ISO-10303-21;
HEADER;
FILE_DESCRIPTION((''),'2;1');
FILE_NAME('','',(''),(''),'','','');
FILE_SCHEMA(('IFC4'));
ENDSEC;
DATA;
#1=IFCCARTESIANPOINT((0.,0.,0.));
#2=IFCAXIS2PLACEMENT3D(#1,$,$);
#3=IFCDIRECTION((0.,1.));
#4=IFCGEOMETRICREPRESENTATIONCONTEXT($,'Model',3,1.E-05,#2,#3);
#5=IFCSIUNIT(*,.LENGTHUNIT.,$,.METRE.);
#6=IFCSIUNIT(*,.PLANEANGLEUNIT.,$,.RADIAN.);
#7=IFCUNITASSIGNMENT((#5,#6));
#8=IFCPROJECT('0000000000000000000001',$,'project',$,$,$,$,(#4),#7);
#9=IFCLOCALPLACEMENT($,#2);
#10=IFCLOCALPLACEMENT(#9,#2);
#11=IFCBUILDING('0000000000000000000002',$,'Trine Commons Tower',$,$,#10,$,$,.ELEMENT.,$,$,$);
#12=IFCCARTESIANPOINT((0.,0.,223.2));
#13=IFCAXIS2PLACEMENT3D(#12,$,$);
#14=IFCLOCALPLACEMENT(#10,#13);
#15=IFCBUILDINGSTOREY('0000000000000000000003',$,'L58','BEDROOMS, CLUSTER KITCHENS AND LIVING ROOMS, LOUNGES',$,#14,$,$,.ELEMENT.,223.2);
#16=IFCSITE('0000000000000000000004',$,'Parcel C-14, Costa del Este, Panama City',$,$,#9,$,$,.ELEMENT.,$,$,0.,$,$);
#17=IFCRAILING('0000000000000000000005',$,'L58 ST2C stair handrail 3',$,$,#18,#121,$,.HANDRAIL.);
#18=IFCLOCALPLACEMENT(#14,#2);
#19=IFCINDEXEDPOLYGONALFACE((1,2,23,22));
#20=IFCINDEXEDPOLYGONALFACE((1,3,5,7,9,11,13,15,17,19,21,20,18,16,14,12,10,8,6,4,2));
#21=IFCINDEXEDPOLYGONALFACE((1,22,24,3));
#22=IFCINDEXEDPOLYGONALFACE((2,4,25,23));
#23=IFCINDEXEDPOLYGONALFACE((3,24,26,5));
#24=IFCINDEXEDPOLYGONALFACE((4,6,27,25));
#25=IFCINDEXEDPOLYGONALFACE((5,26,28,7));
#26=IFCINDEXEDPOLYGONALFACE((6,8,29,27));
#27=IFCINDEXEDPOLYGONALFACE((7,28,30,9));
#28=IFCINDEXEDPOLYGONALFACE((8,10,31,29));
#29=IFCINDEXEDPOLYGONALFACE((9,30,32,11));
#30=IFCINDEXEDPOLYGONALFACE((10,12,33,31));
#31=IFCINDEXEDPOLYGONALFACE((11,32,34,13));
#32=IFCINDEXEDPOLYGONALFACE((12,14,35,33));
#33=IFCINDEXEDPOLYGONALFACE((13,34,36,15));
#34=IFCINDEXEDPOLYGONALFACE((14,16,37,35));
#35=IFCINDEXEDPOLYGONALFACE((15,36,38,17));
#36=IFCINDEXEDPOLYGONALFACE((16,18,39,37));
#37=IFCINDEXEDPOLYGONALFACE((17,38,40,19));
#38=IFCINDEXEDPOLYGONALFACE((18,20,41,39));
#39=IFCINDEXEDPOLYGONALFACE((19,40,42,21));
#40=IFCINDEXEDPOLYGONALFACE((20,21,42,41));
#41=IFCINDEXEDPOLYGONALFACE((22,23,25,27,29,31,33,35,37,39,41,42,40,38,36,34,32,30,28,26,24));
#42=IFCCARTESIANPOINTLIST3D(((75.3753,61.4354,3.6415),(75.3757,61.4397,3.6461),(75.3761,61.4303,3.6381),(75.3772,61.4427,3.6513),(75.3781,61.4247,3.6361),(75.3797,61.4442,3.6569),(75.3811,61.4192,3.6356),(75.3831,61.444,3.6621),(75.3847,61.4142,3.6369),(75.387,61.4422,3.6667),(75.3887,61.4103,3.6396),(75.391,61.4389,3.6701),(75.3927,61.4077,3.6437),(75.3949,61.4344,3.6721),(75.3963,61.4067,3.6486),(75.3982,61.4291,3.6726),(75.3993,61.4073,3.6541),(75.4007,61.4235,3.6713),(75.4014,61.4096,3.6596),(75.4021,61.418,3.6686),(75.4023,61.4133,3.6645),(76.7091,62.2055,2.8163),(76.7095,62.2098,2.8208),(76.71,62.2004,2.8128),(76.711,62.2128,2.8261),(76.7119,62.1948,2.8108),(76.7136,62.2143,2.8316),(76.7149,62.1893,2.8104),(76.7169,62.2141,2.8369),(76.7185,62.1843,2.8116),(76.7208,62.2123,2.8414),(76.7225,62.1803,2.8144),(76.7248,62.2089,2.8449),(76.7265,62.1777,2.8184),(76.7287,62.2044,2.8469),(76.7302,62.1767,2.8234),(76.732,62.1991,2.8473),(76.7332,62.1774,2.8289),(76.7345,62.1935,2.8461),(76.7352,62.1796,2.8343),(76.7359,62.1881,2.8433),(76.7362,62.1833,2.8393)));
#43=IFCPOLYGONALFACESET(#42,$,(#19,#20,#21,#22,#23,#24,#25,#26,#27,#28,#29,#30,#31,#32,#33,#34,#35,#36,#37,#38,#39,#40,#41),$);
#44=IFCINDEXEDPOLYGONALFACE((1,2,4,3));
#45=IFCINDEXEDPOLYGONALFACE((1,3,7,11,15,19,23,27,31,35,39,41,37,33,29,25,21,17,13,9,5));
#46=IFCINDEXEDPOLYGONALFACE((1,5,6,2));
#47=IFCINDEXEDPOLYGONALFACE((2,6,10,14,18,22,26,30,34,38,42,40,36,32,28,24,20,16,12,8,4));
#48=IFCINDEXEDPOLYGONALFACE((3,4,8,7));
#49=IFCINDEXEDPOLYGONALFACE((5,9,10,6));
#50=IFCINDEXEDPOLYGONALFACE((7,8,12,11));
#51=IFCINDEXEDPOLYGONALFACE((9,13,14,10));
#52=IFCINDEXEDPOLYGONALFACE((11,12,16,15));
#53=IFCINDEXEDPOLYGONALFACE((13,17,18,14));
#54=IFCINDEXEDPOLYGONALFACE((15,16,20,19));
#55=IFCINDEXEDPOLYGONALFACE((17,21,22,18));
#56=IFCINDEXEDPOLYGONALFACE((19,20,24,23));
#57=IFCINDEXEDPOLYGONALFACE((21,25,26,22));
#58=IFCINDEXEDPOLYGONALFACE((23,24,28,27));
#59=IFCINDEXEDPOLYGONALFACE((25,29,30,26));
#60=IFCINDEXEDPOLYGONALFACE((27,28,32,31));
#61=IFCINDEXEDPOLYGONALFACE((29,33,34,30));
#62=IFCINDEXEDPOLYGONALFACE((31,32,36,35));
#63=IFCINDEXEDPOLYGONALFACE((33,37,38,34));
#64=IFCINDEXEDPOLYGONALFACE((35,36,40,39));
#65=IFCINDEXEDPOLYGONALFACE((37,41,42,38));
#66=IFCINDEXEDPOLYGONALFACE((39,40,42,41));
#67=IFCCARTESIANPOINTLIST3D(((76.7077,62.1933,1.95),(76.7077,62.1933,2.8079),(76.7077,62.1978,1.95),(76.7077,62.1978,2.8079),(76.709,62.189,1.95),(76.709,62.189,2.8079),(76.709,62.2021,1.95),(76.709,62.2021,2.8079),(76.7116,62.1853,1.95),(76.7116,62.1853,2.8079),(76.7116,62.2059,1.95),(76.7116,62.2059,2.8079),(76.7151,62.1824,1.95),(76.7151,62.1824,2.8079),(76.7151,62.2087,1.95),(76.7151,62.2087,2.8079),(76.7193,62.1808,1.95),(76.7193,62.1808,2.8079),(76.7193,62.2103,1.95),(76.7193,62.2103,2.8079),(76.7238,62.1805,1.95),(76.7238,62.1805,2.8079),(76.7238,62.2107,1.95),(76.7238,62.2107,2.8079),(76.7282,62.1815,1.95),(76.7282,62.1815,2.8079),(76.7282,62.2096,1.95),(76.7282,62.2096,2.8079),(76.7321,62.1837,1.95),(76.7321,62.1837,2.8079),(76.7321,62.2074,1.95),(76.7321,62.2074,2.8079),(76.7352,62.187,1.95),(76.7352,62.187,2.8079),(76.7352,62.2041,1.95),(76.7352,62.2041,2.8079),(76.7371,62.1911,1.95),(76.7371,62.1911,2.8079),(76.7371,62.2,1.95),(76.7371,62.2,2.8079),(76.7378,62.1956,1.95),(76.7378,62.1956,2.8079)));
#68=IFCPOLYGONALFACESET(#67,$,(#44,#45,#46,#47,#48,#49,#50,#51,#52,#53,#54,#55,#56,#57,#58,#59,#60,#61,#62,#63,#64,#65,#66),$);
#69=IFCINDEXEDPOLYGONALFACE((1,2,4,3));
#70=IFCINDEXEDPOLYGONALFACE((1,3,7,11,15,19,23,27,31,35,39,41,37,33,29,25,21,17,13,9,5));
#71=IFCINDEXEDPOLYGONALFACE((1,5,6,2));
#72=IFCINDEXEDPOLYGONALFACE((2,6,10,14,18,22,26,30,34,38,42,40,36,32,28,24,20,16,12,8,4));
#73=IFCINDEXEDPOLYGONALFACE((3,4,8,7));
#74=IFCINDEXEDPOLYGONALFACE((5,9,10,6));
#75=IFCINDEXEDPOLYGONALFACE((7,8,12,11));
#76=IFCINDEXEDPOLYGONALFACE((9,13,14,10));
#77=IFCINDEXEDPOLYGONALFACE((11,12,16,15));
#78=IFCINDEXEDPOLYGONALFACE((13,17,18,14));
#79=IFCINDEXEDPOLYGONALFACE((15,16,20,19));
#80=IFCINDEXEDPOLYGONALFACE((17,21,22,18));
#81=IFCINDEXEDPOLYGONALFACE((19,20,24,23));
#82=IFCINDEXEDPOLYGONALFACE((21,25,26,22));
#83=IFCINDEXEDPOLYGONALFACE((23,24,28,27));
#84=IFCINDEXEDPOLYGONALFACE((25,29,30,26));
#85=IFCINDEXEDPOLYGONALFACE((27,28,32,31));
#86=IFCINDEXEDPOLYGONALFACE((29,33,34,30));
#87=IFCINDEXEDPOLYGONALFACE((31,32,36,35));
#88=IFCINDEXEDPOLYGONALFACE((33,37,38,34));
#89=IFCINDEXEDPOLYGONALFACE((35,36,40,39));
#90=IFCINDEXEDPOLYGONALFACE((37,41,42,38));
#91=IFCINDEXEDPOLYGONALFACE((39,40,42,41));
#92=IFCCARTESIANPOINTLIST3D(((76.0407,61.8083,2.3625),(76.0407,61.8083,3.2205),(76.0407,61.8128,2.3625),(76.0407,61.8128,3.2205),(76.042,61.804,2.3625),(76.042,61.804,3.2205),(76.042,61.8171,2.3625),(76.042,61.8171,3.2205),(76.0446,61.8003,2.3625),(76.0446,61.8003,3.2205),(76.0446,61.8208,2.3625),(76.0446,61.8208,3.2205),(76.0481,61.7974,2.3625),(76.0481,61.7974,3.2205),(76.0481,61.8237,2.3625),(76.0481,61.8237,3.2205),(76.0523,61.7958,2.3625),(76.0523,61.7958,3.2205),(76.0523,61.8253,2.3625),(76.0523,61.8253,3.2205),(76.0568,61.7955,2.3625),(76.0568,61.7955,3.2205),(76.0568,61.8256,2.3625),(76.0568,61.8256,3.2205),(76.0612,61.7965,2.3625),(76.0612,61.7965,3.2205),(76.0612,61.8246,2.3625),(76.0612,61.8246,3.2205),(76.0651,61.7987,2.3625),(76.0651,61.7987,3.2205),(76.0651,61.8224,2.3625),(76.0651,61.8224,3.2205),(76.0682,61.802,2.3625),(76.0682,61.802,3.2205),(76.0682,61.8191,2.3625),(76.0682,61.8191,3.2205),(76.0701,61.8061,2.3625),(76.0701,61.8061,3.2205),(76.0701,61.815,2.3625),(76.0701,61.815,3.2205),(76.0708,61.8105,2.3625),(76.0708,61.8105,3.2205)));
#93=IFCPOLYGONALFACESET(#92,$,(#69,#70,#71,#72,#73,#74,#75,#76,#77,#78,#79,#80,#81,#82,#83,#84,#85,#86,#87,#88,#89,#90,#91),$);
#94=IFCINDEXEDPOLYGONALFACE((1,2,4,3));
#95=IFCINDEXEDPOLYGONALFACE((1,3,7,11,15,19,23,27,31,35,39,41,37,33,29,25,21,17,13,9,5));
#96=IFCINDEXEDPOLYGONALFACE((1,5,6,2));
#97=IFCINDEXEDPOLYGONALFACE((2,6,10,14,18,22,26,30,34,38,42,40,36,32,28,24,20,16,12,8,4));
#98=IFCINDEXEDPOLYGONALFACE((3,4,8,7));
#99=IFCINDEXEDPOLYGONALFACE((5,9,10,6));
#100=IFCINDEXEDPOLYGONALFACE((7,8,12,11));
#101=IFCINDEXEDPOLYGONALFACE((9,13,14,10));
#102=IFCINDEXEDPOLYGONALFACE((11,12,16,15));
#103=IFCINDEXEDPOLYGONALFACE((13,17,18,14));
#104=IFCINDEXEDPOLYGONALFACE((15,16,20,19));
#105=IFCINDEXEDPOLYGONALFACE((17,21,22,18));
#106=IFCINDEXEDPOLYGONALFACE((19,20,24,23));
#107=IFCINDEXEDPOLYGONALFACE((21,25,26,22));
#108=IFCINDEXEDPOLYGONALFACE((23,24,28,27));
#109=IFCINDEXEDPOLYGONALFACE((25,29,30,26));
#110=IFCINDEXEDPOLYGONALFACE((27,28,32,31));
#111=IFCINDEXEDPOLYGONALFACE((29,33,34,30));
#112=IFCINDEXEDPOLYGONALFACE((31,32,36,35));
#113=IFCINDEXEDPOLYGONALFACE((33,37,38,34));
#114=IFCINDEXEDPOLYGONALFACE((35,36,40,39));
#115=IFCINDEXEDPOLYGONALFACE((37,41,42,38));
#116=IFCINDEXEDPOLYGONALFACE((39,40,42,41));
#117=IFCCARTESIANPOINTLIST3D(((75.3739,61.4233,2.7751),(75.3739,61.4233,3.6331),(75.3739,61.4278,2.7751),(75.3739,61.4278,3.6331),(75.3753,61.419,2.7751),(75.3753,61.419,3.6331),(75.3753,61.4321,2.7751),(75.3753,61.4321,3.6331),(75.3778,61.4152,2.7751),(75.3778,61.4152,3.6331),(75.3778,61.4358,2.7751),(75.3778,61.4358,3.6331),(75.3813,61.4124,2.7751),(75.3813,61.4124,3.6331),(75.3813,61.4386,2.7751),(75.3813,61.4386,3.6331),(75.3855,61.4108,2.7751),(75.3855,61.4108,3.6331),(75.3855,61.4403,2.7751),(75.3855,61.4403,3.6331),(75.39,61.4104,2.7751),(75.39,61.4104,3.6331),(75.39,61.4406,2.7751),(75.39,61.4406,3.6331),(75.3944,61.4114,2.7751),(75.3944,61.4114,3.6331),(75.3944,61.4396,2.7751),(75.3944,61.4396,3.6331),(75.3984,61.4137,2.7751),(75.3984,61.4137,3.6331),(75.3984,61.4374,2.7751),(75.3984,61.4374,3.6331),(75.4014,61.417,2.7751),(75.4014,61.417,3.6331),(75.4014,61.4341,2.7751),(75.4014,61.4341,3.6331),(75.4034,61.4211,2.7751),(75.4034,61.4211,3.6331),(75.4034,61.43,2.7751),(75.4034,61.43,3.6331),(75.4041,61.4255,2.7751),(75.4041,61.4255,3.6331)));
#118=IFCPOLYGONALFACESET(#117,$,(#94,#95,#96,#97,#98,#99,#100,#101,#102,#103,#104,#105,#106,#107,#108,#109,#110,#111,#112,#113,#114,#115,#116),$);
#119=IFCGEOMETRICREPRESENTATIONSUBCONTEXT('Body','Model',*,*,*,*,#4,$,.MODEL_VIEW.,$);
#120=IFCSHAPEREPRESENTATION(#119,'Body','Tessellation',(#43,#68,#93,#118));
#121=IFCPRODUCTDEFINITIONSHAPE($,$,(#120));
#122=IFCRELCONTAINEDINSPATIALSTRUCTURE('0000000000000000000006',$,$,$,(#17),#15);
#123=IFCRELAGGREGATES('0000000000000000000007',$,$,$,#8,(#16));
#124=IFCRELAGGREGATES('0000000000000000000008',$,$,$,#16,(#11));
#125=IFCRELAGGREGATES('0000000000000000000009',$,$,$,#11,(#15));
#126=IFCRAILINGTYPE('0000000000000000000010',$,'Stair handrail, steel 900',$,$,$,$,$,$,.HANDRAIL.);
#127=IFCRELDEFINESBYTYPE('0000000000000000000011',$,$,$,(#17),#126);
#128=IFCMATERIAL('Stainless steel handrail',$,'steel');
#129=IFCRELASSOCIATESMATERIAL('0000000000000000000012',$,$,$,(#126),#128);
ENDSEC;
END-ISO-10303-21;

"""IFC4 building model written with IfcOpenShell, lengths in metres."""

from ifc_helpers import new_model, si_unit, direction, frame, origin, origin_2d, place, context, subcontext, project, spatial, circle, extrude, material, type_object, element, save


model = new_model("IFC4")

# Units and contexts
model_context = context("Model", 3, precision=1e-05, world=origin(), true_north=direction((0.0, 1.0)))
body_context = subcontext(model_context, "Body", "Model", "MODEL_VIEW")
ifc_project = project(units=[si_unit("LENGTHUNIT", "METRE"), si_unit("PLANEANGLEUNIT", "RADIAN")], contexts=[model_context])

# Site, building, storey
site_placement = place(None, origin())
site = spatial("IfcSite", under=ifc_project, at=site_placement, Name="Parcel C-14, Costa del Este, Panama City", CompositionType="ELEMENT", RefElevation=0.0)
building_placement = place(site_placement, origin())
building = spatial("IfcBuilding", under=site, at=building_placement, Name="Trine Commons Tower", CompositionType="ELEMENT")
storey_placement = place(building_placement, frame((0.0, 0.0, 223.2)))
storey = spatial("IfcBuildingStorey", under=building, at=storey_placement, Name="L58", Description="BEDROOMS, CLUSTER KITCHENS AND LIVING ROOMS, LOUNGES", CompositionType="ELEMENT", Elevation=223.2)

# Railing
ifc_material_1 = material(Name="Stainless steel handrail", Category="steel")
railing_type_1 = type_object("IfcRailingType", Name="Stair handrail, steel 900", PredefinedType="HANDRAIL", material=ifc_material_1)
railing_1_placement = place(storey_placement, frame((76.7227, 62.1956, 1.95)))
element("IfcRailing", 1, at=railing_1_placement, inside=storey, type_object=railing_type_1, Name="L58 ST2C stair handrail 3", PredefinedType="HANDRAIL", context=body_context, shape_type="SweptSolid", body=[
    extrude(circle(Radius=0.021, at=origin_2d()), frame((0.0, 0.0, 0.8789), z_axis=(-0.763355, -0.440714, 0.472293), x_axis=(0.499992, -0.86603, 0.0)), (0.0, 0.0, 1.0), 1.7473),
    extrude(circle(Radius=0.0151, at=origin_2d()), origin(), (0.0, 0.0, 1.0), 0.8579),
    extrude(circle(Radius=0.0151, at=origin_2d()), frame((-0.667, -0.385, 0.4126)), (0.0, 0.0, 1.0), 0.8579),
    extrude(circle(Radius=0.0151, at=origin_2d()), frame((-1.3337, -0.77, 0.8252)), (0.0, 0.0, 1.0), 0.8579),
])

save(model, "model.ifc")
